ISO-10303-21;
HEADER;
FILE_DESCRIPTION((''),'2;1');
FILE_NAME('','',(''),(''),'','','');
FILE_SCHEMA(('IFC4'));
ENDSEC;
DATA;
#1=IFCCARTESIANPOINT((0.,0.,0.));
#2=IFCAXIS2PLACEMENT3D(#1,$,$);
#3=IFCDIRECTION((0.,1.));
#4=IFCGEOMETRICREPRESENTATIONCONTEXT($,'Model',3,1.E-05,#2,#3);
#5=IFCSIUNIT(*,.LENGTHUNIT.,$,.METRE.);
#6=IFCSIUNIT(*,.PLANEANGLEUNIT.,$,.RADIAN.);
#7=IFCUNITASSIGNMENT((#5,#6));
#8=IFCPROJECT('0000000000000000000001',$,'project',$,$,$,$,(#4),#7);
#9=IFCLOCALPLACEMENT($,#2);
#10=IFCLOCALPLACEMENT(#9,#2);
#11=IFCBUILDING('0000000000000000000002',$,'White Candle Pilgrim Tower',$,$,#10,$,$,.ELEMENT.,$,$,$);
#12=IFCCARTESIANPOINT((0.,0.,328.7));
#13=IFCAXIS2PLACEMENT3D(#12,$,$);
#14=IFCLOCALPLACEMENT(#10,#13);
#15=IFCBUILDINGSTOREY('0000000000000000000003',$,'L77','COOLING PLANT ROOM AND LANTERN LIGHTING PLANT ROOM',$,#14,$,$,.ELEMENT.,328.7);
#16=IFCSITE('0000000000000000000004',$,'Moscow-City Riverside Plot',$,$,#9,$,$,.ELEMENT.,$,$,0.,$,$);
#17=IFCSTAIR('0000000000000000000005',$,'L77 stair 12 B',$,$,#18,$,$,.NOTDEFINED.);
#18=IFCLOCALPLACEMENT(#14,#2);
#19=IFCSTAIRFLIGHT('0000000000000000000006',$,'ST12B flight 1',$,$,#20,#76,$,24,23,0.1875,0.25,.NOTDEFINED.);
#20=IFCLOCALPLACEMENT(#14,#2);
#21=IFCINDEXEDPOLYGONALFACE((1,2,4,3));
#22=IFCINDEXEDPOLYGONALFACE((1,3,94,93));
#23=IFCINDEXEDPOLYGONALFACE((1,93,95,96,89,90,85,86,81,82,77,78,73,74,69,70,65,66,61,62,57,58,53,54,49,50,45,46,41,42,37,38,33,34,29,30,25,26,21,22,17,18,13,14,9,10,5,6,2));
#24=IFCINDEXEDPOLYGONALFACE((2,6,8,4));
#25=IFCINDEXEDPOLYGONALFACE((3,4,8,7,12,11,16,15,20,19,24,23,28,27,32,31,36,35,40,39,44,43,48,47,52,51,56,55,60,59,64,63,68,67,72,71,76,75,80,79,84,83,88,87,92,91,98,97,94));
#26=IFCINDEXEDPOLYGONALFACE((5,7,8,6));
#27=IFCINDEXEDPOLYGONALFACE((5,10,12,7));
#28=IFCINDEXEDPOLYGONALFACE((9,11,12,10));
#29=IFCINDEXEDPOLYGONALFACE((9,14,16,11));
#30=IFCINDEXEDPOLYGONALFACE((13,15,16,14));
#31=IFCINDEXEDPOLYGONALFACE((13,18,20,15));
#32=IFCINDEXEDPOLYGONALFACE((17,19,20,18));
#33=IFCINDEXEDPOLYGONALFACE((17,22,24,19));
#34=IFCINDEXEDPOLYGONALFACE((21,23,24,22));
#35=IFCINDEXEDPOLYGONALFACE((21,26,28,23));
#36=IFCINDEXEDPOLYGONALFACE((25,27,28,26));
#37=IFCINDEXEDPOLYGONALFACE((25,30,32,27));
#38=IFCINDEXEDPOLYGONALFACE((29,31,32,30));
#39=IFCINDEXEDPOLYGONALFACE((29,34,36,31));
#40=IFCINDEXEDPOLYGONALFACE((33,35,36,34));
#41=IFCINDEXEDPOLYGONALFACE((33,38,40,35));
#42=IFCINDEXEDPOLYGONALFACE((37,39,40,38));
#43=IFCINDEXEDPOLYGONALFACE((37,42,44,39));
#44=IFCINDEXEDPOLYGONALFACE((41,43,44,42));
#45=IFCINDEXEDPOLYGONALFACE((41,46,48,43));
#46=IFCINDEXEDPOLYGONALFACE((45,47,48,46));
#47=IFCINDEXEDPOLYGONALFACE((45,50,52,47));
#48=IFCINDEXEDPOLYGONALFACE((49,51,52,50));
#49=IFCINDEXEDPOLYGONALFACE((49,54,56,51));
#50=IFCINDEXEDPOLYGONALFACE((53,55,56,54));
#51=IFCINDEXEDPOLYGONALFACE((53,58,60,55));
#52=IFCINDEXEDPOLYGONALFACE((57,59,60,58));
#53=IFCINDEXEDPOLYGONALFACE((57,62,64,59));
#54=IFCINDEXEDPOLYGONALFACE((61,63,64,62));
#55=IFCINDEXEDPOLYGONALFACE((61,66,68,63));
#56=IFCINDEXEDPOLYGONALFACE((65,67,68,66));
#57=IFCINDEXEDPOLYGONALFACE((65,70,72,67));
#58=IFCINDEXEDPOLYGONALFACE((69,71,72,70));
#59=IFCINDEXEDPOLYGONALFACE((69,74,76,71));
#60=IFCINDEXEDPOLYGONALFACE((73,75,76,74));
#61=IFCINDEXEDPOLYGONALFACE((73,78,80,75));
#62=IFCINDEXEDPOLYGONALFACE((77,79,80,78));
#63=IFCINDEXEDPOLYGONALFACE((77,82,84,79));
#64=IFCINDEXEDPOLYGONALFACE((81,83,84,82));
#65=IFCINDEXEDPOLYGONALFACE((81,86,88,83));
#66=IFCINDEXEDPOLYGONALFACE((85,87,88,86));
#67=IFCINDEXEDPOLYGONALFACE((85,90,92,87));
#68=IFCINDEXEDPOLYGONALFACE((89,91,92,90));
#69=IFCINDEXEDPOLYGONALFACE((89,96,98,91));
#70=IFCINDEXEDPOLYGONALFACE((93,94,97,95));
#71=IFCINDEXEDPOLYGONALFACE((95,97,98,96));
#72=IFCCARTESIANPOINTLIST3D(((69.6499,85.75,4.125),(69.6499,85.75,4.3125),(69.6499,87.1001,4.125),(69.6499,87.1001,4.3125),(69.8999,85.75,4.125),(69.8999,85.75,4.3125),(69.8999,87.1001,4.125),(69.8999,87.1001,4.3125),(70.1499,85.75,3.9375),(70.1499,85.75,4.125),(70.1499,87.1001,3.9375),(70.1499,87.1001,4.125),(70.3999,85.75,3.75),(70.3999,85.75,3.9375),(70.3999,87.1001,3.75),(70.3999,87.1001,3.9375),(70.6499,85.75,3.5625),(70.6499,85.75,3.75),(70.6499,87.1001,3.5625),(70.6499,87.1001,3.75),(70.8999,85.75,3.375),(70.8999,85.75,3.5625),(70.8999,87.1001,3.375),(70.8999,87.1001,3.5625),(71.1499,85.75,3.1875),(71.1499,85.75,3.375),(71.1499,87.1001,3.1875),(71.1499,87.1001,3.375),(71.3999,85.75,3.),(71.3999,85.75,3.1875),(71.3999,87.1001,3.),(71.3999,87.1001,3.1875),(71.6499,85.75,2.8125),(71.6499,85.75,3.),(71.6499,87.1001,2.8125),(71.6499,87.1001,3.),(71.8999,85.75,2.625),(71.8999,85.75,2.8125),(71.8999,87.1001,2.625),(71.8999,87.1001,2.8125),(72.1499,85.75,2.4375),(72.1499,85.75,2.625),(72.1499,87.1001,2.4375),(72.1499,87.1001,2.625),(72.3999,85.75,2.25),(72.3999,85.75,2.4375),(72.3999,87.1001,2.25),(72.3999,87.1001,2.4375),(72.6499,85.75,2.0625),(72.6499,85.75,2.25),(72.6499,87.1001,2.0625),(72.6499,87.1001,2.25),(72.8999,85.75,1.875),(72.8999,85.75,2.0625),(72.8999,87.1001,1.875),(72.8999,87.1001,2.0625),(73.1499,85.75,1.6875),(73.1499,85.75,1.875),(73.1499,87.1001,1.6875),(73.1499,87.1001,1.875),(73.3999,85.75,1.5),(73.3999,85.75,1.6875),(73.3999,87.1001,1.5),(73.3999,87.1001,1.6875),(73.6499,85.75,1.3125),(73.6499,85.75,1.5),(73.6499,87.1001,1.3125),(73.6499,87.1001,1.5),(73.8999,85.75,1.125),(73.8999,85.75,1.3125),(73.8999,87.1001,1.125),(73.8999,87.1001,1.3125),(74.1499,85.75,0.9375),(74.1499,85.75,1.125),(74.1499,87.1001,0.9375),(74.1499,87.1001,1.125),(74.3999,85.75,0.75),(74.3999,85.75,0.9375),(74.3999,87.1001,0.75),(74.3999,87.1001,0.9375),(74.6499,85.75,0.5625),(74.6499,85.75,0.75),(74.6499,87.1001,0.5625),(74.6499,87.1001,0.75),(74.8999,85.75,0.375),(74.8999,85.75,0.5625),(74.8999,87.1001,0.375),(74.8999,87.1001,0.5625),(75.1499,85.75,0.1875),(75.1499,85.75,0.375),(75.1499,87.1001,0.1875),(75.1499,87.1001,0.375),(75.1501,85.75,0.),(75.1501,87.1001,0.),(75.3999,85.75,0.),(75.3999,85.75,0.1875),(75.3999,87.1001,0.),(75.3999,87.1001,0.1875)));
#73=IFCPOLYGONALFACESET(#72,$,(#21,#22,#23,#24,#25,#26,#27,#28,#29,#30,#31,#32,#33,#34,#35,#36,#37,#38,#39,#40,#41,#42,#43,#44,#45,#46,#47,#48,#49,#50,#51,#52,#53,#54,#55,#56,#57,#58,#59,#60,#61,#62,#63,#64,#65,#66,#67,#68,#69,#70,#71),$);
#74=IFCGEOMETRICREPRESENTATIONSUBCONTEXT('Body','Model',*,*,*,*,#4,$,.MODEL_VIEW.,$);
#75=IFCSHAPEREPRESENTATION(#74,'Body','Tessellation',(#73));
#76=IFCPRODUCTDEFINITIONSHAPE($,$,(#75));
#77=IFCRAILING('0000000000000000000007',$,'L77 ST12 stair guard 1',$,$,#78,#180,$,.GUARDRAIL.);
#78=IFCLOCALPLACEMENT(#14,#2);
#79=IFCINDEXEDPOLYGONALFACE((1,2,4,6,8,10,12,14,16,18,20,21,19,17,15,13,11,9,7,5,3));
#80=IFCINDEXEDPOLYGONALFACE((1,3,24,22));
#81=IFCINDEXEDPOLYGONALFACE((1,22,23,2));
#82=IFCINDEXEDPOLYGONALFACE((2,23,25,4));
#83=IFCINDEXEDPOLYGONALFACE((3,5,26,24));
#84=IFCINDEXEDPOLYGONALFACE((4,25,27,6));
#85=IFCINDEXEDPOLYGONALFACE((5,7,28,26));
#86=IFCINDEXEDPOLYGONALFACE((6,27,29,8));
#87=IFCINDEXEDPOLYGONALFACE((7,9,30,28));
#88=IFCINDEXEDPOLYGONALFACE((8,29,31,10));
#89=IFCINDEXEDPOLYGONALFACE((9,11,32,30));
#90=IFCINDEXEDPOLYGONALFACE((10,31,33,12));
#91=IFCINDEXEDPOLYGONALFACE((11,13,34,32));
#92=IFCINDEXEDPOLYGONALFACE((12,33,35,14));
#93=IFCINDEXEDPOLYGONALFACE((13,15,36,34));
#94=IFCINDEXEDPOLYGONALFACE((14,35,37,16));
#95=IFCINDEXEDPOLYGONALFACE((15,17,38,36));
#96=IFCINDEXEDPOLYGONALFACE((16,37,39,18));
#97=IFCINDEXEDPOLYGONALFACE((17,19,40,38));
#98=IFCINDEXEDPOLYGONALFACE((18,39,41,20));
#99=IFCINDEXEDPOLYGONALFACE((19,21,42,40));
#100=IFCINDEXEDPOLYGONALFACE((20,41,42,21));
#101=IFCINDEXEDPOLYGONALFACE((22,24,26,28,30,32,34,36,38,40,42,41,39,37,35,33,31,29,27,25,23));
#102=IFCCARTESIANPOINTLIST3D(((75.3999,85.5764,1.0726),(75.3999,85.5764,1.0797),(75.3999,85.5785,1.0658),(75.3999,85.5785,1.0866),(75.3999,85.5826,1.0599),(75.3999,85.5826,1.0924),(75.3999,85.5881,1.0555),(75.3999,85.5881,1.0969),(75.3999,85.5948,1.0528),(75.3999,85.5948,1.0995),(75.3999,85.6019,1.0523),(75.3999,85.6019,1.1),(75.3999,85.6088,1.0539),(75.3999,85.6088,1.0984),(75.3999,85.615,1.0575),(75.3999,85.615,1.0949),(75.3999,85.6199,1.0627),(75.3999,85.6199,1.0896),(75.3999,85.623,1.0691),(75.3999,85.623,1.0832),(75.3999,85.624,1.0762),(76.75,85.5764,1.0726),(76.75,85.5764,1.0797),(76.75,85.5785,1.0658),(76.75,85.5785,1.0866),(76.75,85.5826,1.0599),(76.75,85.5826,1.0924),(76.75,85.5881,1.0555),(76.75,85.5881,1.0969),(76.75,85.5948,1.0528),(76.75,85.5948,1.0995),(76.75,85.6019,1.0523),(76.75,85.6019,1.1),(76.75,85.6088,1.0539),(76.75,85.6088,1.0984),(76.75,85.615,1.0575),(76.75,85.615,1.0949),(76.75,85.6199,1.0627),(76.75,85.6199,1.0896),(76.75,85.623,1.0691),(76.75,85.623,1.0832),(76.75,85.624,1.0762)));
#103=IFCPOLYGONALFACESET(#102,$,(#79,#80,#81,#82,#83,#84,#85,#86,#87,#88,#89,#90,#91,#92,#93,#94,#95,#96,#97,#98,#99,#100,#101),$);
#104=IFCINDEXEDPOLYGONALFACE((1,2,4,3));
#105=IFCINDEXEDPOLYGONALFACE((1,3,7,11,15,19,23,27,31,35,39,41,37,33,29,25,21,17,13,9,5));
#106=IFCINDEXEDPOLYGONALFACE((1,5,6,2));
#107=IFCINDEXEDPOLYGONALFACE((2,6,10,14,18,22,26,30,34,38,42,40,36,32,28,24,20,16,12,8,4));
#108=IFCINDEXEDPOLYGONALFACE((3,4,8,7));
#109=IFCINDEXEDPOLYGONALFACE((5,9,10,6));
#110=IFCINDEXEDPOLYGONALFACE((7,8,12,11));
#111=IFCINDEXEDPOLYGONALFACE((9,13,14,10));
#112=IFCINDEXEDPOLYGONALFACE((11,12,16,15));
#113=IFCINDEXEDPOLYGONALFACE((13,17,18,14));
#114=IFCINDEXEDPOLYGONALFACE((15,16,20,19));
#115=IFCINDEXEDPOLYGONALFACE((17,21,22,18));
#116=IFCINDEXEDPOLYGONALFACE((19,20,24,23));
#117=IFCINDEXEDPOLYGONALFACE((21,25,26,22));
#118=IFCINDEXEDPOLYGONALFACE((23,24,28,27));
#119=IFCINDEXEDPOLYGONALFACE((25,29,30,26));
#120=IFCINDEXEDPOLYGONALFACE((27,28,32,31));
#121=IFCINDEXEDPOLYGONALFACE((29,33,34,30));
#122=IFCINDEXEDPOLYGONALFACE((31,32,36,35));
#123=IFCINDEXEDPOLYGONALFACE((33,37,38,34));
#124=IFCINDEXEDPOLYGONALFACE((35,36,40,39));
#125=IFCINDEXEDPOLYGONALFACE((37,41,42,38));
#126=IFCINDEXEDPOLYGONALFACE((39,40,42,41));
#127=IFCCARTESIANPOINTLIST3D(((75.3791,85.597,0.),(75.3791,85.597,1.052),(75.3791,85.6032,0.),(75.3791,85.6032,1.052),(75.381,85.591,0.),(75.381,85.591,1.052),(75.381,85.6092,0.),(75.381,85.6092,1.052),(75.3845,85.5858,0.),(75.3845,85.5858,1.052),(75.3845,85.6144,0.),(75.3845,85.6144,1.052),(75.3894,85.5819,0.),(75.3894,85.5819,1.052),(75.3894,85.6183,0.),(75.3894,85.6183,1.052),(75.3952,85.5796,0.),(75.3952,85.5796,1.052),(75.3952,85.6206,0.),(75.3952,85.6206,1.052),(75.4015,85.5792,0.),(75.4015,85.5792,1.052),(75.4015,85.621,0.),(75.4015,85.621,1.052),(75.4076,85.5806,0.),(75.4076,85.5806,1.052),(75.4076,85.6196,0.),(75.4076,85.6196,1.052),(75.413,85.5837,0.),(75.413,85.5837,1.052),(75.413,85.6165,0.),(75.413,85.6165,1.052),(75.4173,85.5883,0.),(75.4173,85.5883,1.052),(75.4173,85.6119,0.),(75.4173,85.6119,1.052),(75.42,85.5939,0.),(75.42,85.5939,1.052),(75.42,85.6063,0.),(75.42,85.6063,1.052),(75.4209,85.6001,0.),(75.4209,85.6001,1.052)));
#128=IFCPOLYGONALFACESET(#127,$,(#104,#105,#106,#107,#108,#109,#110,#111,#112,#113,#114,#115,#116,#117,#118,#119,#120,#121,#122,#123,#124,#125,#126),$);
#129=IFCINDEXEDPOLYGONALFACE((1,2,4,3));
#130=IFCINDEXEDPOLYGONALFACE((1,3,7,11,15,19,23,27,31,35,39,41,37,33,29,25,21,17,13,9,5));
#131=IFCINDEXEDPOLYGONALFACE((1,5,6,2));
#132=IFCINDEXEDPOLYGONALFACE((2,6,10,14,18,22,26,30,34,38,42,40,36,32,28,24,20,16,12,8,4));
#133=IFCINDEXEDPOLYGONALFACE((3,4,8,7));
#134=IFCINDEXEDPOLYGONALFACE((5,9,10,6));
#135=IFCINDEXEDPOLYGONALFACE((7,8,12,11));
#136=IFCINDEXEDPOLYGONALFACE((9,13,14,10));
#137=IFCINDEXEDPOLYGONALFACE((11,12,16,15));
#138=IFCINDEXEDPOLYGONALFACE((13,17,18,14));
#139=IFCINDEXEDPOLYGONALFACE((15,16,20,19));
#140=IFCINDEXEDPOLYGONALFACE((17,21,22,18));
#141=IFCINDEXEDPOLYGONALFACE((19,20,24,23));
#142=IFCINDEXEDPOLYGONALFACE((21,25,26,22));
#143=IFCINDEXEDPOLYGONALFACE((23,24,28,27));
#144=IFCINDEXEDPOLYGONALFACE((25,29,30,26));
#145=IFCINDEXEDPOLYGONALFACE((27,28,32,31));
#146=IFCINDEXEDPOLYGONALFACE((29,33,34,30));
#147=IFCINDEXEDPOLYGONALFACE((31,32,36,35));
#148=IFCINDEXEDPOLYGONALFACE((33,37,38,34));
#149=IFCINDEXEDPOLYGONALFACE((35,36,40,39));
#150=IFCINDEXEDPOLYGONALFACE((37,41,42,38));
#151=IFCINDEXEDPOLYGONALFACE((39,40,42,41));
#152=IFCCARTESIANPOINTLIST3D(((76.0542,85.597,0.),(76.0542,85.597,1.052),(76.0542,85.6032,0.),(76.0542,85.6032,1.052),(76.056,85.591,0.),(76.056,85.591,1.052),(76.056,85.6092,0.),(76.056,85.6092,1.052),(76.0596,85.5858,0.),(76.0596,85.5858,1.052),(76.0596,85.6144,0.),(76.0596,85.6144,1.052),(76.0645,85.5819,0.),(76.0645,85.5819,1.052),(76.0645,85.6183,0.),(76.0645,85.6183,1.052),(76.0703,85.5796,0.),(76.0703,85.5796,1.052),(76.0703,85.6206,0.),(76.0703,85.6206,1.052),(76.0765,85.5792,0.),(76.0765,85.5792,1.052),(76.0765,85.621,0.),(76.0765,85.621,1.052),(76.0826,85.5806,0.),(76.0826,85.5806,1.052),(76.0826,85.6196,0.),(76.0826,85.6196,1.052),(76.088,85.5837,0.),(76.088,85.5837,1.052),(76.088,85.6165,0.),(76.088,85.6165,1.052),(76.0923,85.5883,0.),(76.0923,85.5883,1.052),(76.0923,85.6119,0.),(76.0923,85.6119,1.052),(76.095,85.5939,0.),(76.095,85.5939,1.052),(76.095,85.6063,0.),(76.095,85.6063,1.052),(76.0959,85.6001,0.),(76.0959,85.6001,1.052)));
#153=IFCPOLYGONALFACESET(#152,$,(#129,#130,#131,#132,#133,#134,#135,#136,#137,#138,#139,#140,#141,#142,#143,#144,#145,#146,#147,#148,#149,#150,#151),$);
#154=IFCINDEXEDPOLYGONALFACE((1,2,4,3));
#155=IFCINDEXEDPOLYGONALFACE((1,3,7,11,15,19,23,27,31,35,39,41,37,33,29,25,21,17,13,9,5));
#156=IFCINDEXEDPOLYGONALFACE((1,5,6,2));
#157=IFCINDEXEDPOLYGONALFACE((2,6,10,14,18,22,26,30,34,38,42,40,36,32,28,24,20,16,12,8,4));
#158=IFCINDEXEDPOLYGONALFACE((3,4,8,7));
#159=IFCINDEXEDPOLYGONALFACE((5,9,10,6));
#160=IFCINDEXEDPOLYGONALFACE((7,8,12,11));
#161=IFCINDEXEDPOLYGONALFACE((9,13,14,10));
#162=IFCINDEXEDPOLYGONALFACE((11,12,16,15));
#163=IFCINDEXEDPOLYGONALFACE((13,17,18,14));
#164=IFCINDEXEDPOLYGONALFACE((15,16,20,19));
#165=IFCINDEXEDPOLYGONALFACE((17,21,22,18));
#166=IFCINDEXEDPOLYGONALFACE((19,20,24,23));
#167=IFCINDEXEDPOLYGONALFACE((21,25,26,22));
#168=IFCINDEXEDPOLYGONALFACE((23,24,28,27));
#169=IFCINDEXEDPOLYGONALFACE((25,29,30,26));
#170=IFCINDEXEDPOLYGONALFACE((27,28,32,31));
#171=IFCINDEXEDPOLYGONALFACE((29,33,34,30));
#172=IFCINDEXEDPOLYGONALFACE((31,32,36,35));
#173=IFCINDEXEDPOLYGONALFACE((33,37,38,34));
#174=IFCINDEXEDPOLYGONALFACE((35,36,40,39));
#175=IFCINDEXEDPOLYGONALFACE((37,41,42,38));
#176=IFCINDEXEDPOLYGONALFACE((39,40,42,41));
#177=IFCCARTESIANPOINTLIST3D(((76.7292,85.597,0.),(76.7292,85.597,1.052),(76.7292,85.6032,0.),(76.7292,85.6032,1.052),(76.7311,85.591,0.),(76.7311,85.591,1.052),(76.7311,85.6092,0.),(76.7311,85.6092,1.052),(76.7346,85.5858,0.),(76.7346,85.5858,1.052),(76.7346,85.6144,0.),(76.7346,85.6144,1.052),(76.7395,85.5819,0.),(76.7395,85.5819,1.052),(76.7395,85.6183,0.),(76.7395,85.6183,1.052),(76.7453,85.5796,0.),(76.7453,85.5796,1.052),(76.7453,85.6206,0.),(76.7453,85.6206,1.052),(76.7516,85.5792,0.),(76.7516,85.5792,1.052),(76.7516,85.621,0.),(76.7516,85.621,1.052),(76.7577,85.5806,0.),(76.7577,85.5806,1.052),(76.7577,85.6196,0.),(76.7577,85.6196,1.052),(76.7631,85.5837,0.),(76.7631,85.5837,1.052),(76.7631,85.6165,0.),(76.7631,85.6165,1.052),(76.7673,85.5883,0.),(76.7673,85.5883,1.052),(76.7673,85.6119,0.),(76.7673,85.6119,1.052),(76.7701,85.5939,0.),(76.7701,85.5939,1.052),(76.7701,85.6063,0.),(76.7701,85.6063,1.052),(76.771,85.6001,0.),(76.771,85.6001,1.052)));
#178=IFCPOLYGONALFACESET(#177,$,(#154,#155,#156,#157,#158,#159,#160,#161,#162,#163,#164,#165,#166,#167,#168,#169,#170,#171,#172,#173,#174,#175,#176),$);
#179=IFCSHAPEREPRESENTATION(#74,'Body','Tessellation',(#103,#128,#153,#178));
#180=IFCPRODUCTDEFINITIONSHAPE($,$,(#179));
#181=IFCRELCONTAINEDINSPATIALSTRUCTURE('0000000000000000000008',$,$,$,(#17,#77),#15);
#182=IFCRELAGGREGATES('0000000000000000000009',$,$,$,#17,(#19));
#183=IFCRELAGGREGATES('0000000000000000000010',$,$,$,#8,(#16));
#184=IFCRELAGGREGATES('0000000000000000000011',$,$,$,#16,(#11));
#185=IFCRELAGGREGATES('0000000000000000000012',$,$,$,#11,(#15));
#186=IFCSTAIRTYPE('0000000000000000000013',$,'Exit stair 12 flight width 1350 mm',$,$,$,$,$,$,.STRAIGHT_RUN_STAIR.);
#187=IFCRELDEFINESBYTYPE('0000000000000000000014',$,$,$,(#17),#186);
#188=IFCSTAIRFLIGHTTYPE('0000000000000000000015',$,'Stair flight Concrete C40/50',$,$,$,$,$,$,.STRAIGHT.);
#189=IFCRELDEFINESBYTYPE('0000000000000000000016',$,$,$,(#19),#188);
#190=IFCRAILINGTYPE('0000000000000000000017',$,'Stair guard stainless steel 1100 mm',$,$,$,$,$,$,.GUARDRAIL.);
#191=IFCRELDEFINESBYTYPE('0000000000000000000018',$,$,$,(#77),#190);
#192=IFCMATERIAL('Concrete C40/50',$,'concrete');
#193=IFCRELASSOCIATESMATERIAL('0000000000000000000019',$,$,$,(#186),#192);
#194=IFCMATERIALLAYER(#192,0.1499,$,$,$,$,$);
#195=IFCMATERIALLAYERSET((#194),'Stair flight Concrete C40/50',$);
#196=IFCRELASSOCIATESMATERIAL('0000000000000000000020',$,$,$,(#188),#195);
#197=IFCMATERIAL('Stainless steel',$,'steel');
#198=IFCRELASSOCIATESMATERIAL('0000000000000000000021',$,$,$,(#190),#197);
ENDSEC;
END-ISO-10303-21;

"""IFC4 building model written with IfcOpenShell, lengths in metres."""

from ifc_helpers import new_model, si_unit, direction, frame, origin, origin_2d, place, context, subcontext, project, spatial, polyline, circle, outline, extrude, material, layer, layer_set, type_object, element, aggregate, save


model = new_model("IFC4")

# Units and contexts
model_context = context("Model", 3, precision=1e-05, world=origin(), true_north=direction((0.0, 1.0)))
body_context = subcontext(model_context, "Body", "Model", "MODEL_VIEW")
ifc_project = project(units=[si_unit("LENGTHUNIT", "METRE"), si_unit("PLANEANGLEUNIT", "RADIAN")], contexts=[model_context])

# Site, building, storey
site_placement = place(None, origin())
site = spatial("IfcSite", under=ifc_project, at=site_placement, Name="Moscow-City Riverside Plot", CompositionType="ELEMENT", RefElevation=0.0)
building_placement = place(site_placement, origin())
building = spatial("IfcBuilding", under=site, at=building_placement, Name="White Candle Pilgrim Tower", CompositionType="ELEMENT")
storey_placement = place(building_placement, frame((0.0, 0.0, 328.7)))
storey = spatial("IfcBuildingStorey", under=building, at=storey_placement, Name="L77", Description="COOLING PLANT ROOM AND LANTERN LIGHTING PLANT ROOM", CompositionType="ELEMENT", Elevation=328.7)

# Shared definitions
ifc_material_1 = material(Name="Concrete C40/50", Category="concrete")

# Stair, stair flight
stair_type = type_object("IfcStairType", Name="Exit stair 12 flight width 1350 mm", PredefinedType="STRAIGHT_RUN_STAIR", material=ifc_material_1)
ifc_layer_1 = layer(ifc_material_1, 0.1499)
ifc_layer_set_1 = layer_set([ifc_layer_1], Name="Stair flight Concrete C40/50")
stair_flight_type = type_object("IfcStairFlightType", Name="Stair flight Concrete C40/50", PredefinedType="STRAIGHT", material=ifc_layer_set_1)
stair_1_placement = place(storey_placement, origin())
stair_1 = element("IfcStair", 1, at=stair_1_placement, inside=storey, type_object=stair_type, Name="L77 stair 12 B", PredefinedType="NOTDEFINED")
stair_flight_1_placement = place(storey_placement, frame((75.3999, 86.425, 0.0), z_axis=(0.0, 0.0, 1.0), x_axis=(-1.0, 0.0, 0.0)))
stair_flight_1 = element("IfcStairFlight", 2, at=stair_flight_1_placement, type_object=stair_flight_type, Name="ST12B flight 1", NumberOfRisers=24, NumberOfTreads=23, PredefinedType="NOTDEFINED", RiserHeight=0.1875, TreadLength=0.25, context=body_context, shape_type="SweptSolid", body=[
    extrude(outline(polyline([(0.0, 0.0), (0.0, 0.1875), (0.25, 0.1875), (0.25, 0.375), (0.5, 0.375), (0.5, 0.5625), (0.75, 0.5625), (0.75, 0.75), (1.0, 0.75), (1.0, 0.9375), (1.25, 0.9375), (1.25, 1.125), (1.5, 1.125), (1.5, 1.3125), (1.75, 1.3125), (1.75, 1.5), (2.0, 1.5), (2.0, 1.6875), (2.25, 1.6875), (2.25, 1.875), (2.5, 1.875), (2.5, 2.0625), (2.75, 2.0625), (2.75, 2.25), (3.0, 2.25), (3.0, 2.4375), (3.25, 2.4375), (3.25, 2.625), (3.5, 2.625), (3.5, 2.8125), (3.75, 2.8125), (3.75, 3.0), (4.0, 3.0), (4.0, 3.1875), (4.25, 3.1875), (4.25, 3.375), (4.5, 3.375), (4.5, 3.5625), (4.75, 3.5625), (4.75, 3.75), (5.0, 3.75), (5.0, 3.9375), (5.25, 3.9375), (5.25, 4.125), (5.5, 4.125), (5.5, 4.3125), (5.75, 4.3125), (5.75, 4.5), (5.75, 4.125), (0.2498, 0.0), (0.0, 0.0)])), frame((0.0, 0.675, 0.0), z_axis=(0.0, -1.0, 0.0), x_axis=(1.0, 0.0, 0.0)), (0.0, 0.0, 1.0), 1.3501),
])
aggregate(stair_1, [stair_flight_1])

# Railing
ifc_material_2 = material(Name="Stainless steel", Category="steel")
railing_type_1 = type_object("IfcRailingType", Name="Stair guard stainless steel 1100 mm", PredefinedType="GUARDRAIL", material=ifc_material_2)
railing_1_placement = place(storey_placement, frame((75.3999, 85.6001, 0.0)))
element("IfcRailing", 3, at=railing_1_placement, inside=storey, type_object=railing_type_1, Name="L77 ST12 stair guard 1", PredefinedType="GUARDRAIL", context=body_context, shape_type="SweptSolid", body=[
    extrude(circle(Radius=0.0239, at=origin_2d()), frame((0.0, 0.0, 1.0762), z_axis=(1.0, 0.0, 0.0), x_axis=(0.0, 1.0, 0.0)), (0.0, 0.0, 1.0), 1.3501),
    extrude(circle(Radius=0.021, at=origin_2d()), origin(), (0.0, 0.0, 1.0), 1.052),
    extrude(circle(Radius=0.021, at=origin_2d()), frame((0.675, 0.0, 0.0)), (0.0, 0.0, 1.0), 1.052),
    extrude(circle(Radius=0.021, at=origin_2d()), frame((1.3501, 0.0, 0.0)), (0.0, 0.0, 1.0), 1.052),
])

save(model, "model.ifc")
